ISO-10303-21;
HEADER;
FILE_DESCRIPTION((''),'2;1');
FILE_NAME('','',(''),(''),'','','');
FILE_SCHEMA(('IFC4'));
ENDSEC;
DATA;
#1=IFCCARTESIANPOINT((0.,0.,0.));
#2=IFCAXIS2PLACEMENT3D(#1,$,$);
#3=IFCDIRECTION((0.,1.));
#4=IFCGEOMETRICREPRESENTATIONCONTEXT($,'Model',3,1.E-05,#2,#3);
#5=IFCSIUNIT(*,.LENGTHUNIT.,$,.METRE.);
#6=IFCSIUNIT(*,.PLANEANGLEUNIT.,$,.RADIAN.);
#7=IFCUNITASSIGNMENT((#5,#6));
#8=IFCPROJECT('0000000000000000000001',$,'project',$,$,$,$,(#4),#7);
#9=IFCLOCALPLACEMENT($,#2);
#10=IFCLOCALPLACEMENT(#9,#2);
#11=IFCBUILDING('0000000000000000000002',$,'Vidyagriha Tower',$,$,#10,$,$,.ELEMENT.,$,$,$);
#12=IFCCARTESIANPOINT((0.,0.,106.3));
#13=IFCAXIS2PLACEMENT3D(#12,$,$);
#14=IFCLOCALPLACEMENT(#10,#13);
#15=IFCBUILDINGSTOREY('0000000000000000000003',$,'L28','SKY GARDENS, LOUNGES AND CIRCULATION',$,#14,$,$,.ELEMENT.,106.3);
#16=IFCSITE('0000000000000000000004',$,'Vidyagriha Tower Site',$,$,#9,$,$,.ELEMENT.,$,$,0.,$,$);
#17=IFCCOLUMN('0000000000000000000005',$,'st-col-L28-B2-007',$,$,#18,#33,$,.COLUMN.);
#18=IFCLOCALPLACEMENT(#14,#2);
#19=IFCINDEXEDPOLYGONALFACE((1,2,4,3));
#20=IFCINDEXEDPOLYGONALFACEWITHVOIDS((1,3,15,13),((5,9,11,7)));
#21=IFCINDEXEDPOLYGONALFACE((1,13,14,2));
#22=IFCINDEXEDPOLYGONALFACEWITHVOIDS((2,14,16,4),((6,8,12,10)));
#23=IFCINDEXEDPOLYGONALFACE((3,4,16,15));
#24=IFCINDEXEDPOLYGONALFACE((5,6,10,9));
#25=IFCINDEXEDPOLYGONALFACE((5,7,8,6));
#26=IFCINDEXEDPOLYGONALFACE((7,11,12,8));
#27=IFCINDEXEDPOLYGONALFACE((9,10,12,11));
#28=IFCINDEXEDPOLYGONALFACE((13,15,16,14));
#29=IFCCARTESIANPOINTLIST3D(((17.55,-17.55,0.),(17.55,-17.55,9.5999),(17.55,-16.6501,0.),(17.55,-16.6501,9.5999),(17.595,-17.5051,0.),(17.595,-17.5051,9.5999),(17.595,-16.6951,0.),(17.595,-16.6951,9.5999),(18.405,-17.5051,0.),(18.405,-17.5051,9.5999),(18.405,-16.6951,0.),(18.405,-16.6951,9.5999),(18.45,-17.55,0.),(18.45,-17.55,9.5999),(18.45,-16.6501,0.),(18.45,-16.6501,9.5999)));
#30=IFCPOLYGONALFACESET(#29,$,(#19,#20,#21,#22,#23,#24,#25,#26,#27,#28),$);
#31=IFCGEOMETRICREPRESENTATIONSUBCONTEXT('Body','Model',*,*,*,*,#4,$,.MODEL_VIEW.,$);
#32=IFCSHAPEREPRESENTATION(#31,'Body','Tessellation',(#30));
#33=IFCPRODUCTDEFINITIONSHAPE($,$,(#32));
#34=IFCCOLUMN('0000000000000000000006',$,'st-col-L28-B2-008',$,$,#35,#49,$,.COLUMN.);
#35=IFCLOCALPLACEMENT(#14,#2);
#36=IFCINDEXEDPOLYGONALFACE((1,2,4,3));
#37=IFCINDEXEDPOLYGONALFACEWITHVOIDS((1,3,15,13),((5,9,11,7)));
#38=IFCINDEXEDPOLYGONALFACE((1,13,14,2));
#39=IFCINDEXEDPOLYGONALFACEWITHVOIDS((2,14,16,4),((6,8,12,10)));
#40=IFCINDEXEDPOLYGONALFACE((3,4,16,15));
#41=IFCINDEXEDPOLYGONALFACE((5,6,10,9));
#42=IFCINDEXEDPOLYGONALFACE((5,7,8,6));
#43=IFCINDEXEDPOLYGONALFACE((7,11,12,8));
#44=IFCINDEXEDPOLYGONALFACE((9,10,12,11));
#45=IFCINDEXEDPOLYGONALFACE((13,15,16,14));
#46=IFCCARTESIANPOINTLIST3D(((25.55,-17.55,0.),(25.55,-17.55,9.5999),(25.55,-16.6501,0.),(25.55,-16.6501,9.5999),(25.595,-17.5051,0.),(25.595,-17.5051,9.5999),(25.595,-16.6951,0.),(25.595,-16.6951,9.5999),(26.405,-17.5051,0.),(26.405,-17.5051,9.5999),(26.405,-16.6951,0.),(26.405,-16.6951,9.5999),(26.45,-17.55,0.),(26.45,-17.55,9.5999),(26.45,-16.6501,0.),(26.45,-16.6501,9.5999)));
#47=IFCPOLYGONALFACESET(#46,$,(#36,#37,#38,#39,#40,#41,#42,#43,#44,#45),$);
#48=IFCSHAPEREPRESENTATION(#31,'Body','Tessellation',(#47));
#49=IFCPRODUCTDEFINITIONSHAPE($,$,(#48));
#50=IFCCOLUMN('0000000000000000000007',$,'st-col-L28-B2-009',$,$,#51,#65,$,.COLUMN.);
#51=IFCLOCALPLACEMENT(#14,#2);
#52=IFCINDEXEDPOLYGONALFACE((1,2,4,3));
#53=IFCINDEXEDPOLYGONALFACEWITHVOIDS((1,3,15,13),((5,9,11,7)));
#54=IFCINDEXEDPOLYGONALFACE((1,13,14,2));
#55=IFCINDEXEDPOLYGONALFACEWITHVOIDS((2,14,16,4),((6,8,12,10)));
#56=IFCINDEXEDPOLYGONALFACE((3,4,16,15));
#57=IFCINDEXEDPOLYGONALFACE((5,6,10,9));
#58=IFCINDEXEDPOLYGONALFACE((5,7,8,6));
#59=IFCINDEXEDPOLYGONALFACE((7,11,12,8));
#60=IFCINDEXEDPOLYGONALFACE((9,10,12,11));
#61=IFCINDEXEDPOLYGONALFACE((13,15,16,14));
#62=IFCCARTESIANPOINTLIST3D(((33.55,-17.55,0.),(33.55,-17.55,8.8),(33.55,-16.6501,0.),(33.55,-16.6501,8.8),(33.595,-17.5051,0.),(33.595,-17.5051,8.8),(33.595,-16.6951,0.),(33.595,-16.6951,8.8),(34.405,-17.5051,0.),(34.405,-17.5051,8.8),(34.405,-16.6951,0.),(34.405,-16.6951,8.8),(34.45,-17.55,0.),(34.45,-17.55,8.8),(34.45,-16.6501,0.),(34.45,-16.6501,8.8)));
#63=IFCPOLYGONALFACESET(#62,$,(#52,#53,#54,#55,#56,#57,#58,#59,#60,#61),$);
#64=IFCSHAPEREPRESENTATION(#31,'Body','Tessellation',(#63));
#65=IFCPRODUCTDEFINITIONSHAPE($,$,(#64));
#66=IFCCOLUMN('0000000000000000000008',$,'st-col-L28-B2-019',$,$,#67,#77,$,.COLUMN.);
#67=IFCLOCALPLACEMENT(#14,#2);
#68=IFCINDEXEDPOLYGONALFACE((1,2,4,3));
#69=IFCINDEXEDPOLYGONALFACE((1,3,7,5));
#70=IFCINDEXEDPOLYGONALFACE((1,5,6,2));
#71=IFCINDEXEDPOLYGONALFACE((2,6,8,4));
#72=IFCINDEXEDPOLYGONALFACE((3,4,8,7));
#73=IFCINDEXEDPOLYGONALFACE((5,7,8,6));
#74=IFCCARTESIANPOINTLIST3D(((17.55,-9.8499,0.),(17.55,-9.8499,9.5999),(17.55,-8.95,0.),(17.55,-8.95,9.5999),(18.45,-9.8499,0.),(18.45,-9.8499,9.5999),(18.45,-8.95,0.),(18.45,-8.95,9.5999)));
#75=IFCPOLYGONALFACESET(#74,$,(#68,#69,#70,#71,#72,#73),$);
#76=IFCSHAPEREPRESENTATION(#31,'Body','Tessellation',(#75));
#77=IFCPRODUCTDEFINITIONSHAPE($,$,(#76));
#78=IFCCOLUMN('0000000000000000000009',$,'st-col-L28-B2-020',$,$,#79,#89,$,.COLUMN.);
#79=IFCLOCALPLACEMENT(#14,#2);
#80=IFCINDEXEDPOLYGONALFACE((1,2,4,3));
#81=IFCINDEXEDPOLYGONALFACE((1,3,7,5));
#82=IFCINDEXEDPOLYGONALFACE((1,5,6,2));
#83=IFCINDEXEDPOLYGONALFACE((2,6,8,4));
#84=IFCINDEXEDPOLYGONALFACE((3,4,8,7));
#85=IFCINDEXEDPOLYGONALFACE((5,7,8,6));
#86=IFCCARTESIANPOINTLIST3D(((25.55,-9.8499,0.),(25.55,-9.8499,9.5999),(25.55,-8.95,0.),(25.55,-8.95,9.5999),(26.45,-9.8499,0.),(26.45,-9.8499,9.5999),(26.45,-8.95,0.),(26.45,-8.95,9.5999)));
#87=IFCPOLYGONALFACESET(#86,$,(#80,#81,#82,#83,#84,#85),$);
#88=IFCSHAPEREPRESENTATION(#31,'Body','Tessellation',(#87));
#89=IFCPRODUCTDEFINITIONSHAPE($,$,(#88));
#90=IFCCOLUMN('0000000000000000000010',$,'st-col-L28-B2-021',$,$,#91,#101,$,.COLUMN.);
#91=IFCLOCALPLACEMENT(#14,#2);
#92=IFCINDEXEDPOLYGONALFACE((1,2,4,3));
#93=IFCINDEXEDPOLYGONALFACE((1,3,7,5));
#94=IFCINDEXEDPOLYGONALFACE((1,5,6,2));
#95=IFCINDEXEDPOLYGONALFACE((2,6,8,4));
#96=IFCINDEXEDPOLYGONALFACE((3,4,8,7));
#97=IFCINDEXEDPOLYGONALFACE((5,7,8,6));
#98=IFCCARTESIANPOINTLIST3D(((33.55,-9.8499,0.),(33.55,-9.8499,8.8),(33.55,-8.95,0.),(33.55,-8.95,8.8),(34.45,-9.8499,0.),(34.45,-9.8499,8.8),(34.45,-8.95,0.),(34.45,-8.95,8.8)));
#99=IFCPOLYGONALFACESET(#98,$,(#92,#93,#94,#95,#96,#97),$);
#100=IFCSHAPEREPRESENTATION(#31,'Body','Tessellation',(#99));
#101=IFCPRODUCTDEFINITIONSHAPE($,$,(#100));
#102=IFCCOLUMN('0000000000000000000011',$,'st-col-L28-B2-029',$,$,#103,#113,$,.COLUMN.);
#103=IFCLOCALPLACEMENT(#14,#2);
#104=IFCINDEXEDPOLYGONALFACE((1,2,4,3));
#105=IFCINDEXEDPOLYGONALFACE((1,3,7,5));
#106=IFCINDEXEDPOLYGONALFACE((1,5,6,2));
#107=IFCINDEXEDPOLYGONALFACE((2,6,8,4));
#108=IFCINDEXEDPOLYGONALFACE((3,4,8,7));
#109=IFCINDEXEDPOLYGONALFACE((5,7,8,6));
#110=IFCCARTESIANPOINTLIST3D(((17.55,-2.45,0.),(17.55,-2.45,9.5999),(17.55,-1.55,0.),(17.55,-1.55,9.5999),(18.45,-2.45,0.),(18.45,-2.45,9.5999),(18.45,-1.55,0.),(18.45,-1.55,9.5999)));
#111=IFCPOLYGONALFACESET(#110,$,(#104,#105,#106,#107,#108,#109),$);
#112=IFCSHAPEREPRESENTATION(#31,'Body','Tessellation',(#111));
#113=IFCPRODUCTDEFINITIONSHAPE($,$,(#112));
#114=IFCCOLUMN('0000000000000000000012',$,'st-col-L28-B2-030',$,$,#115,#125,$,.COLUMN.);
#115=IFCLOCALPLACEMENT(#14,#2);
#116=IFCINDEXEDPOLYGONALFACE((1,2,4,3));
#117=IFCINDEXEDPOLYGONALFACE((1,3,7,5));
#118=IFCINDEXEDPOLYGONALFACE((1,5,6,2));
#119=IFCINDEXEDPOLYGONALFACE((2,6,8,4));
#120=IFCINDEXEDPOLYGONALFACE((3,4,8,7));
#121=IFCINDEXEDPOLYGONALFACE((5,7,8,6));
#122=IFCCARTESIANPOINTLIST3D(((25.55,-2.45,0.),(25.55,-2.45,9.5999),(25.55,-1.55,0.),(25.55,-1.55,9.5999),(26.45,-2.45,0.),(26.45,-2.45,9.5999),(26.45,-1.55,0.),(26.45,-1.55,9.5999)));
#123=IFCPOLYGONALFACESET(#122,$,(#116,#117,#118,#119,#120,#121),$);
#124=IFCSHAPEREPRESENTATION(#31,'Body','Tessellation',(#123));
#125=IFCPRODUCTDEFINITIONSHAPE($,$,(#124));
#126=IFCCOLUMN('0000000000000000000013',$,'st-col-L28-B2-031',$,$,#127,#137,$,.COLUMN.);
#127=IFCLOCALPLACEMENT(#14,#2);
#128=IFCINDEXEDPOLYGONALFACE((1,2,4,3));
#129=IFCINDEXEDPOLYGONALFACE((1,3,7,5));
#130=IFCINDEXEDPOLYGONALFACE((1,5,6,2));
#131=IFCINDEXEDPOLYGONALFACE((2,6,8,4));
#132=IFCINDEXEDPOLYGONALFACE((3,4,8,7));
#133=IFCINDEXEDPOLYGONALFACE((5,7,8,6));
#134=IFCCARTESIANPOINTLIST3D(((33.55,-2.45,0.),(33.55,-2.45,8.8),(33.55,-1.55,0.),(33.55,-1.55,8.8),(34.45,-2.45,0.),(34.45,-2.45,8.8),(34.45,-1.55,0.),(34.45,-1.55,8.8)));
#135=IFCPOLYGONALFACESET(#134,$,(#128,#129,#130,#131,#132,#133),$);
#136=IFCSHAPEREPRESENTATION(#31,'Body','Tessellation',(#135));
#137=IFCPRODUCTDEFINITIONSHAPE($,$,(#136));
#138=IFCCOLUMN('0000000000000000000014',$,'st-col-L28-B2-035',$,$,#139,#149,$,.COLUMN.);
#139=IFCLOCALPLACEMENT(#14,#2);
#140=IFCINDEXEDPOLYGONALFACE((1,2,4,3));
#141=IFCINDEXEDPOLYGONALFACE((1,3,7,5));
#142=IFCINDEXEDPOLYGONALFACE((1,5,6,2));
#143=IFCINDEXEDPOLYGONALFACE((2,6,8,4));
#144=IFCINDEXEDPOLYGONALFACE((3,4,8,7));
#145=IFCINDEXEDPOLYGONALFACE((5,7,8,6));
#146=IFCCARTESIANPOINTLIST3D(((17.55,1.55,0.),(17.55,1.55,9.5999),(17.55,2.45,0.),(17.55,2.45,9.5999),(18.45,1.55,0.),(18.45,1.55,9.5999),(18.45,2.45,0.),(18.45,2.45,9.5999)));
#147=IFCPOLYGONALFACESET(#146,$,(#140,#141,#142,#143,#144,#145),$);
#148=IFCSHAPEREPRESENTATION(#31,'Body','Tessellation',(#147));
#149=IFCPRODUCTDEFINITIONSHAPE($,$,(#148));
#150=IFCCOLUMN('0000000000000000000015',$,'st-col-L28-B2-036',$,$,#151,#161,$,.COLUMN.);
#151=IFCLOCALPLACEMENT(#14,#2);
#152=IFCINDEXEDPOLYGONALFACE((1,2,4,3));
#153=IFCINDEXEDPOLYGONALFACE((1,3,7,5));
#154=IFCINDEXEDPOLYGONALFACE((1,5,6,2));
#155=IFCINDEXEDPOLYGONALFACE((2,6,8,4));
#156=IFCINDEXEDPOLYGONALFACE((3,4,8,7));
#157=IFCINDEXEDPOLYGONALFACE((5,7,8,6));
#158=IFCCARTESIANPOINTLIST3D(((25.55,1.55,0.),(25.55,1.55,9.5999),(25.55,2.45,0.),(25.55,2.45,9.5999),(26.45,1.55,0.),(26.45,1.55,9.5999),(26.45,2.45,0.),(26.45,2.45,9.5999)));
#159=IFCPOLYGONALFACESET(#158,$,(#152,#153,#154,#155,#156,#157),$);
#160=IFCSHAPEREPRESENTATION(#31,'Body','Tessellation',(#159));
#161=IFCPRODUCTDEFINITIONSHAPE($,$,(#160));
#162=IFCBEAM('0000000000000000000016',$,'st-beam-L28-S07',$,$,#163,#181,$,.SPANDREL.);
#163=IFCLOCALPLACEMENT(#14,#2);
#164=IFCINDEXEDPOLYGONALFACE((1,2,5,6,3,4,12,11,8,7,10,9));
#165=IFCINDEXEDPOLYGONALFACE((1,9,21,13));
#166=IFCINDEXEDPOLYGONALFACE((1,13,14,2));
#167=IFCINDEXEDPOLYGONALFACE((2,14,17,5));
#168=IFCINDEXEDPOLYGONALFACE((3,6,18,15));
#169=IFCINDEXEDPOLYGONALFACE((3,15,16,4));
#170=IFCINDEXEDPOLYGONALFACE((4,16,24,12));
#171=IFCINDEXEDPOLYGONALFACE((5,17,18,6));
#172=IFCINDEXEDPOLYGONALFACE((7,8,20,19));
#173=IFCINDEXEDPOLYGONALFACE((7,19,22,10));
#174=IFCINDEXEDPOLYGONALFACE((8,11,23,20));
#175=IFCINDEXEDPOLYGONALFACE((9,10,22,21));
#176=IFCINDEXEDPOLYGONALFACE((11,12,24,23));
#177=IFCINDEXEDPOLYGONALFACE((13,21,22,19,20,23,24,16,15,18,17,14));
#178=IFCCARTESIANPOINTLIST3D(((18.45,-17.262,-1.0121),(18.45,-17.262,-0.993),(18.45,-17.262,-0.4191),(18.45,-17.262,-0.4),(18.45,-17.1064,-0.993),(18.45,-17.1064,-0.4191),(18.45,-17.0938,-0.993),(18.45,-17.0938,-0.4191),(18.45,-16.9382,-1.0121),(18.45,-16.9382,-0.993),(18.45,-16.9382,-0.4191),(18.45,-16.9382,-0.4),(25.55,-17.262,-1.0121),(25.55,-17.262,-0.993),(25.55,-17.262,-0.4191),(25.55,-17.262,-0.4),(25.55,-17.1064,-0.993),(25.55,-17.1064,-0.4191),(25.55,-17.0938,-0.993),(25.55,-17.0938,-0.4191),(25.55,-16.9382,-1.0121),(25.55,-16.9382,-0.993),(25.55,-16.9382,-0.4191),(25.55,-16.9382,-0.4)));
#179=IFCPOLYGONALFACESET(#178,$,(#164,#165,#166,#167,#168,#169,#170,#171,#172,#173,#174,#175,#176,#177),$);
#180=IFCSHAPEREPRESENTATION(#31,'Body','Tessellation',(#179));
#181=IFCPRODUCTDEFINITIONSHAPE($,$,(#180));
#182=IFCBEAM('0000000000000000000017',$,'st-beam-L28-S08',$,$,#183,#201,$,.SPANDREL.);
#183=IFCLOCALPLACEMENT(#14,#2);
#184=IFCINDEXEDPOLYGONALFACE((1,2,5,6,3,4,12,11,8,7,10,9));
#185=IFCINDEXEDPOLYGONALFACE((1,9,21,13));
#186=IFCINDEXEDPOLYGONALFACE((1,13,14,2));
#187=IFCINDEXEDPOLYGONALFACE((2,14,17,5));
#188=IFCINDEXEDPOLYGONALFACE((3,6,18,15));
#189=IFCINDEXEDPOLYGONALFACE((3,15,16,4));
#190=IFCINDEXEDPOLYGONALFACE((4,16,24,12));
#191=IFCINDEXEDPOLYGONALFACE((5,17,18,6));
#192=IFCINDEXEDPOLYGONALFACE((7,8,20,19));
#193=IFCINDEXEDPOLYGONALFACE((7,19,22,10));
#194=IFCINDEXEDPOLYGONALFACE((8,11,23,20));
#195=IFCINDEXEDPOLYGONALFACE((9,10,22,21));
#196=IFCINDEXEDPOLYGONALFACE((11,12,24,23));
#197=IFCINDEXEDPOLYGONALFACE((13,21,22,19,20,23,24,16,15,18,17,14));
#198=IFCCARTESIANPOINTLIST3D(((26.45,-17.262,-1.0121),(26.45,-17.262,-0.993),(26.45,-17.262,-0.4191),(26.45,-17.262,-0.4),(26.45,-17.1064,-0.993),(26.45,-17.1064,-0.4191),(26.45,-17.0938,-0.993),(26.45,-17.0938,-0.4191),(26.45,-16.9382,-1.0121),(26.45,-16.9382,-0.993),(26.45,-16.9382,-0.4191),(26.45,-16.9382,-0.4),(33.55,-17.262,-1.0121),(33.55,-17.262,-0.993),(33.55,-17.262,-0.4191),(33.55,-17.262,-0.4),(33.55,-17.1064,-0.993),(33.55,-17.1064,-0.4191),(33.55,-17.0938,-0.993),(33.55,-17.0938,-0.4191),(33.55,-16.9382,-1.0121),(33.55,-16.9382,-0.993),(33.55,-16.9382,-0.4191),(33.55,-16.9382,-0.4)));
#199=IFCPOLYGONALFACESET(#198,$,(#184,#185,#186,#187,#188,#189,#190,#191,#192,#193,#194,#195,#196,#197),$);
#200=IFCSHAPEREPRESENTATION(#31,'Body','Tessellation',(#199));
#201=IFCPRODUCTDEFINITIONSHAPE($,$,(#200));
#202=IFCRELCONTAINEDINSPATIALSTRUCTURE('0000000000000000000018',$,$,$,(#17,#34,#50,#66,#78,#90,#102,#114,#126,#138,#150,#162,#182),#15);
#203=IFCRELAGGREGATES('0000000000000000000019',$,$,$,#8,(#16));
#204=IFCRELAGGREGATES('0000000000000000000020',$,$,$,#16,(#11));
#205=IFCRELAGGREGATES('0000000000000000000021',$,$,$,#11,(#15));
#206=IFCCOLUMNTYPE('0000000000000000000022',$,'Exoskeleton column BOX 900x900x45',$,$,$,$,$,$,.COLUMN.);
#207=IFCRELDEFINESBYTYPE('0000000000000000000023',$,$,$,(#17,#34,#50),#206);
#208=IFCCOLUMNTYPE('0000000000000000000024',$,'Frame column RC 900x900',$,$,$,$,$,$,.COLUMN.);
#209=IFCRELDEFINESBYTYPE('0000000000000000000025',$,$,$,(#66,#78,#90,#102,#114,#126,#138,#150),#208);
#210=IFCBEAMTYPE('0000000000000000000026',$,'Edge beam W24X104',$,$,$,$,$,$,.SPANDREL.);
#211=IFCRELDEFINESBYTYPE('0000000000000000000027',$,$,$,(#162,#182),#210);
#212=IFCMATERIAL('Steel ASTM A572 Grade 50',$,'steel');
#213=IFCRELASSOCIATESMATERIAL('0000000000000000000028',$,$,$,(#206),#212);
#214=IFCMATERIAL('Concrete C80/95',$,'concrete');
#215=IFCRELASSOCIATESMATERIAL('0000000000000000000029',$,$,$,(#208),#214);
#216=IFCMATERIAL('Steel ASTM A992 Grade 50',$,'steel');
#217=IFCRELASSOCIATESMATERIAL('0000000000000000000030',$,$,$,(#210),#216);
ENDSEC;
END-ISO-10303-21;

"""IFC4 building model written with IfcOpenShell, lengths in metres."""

from ifc_helpers import new_model, si_unit, direction, frame, origin, origin_2d, place, context, subcontext, project, spatial, rectangle, hollow_rectangle, i_section, extrude, material, material_profile, profile_set, type_object, element, save


model = new_model("IFC4")

# Units and contexts
model_context = context("Model", 3, precision=1e-05, world=origin(), true_north=direction((0.0, 1.0)))
body_context = subcontext(model_context, "Body", "Model", "MODEL_VIEW")
ifc_project = project(units=[si_unit("LENGTHUNIT", "METRE"), si_unit("PLANEANGLEUNIT", "RADIAN")], contexts=[model_context])

# Site, building, storey
site_placement = place(None, origin())
site = spatial("IfcSite", under=ifc_project, at=site_placement, Name="Vidyagriha Tower Site", CompositionType="ELEMENT", RefElevation=0.0)
building_placement = place(site_placement, origin())
building = spatial("IfcBuilding", under=site, at=building_placement, Name="Vidyagriha Tower", CompositionType="ELEMENT")
storey_placement = place(building_placement, frame((0.0, 0.0, 106.3)))
storey = spatial("IfcBuildingStorey", under=building, at=storey_placement, Name="L28", Description="SKY GARDENS, LOUNGES AND CIRCULATION", CompositionType="ELEMENT", Elevation=106.3)

# Columns
ifc_material_1 = material(Name="Steel ASTM A572 Grade 50", Category="steel")
ifc_material_profile_1 = material_profile(ifc_material_1, hollow_rectangle(XDim=0.8999, YDim=0.8999, WallThickness=0.0449, at=origin_2d()), Name="BOX 900x900x45")
ifc_profile_set_1 = profile_set([ifc_material_profile_1], Name="Steel ASTM A572 Grade 50")
column_type_1 = type_object("IfcColumnType", Name="Exoskeleton column BOX 900x900x45", PredefinedType="COLUMN", material=ifc_profile_set_1)
for number, where, name in (
    (1, (18.0, -17.1001, 0.0), "st-col-L28-B2-007"),
    (2, (26.0, -17.1001, 0.0), "st-col-L28-B2-008"),
):
    element("IfcColumn", number, at=place(storey_placement, frame(where)), inside=storey, type_object=column_type_1, Name=name, PredefinedType="COLUMN", context=body_context, shape_type="SweptSolid", body=[
        extrude(hollow_rectangle(XDim=0.8999, YDim=0.8999, WallThickness=0.0449, at=origin_2d()), origin(), (0.0, 0.0, 1.0), 9.5999),
    ])
column_1_placement = place(storey_placement, frame((34.0, -17.1001, 0.0)))
element("IfcColumn", 3, at=column_1_placement, inside=storey, type_object=column_type_1, Name="st-col-L28-B2-009", PredefinedType="COLUMN", context=body_context, shape_type="SweptSolid", body=[
    extrude(hollow_rectangle(XDim=0.8999, YDim=0.8999, WallThickness=0.0449, at=origin_2d()), origin(), (0.0, 0.0, 1.0), 8.8),
])
ifc_material_2 = material(Name="Concrete C80/95", Category="concrete")
ifc_material_profile_2 = material_profile(ifc_material_2, rectangle(XDim=0.8999, YDim=0.8999, at=origin_2d()), Name="RC 900x900")
ifc_profile_set_2 = profile_set([ifc_material_profile_2], Name="Concrete C80/95")
column_type_2 = type_object("IfcColumnType", Name="Frame column RC 900x900", PredefinedType="COLUMN", material=ifc_profile_set_2)
for number, where, name in (
    (4, (18.0, -9.3999, 0.0), "st-col-L28-B2-019"),
    (5, (26.0, -9.3999, 0.0), "st-col-L28-B2-020"),
):
    element("IfcColumn", number, at=place(storey_placement, frame(where)), inside=storey, type_object=column_type_2, Name=name, PredefinedType="COLUMN", context=body_context, shape_type="SweptSolid", body=[
        extrude(rectangle(XDim=0.8999, YDim=0.8999, at=origin_2d()), origin(), (0.0, 0.0, 1.0), 9.5999),
    ])
column_2_placement = place(storey_placement, frame((34.0, -9.3999, 0.0)))
element("IfcColumn", 6, at=column_2_placement, inside=storey, type_object=column_type_2, Name="st-col-L28-B2-021", PredefinedType="COLUMN", context=body_context, shape_type="SweptSolid", body=[
    extrude(rectangle(XDim=0.8999, YDim=0.8999, at=origin_2d()), origin(), (0.0, 0.0, 1.0), 8.8),
])
for number, where, name in (
    (7, (18.0, -2.0, 0.0), "st-col-L28-B2-029"),
    (8, (26.0, -2.0, 0.0), "st-col-L28-B2-030"),
):
    element("IfcColumn", number, at=place(storey_placement, frame(where)), inside=storey, type_object=column_type_2, Name=name, PredefinedType="COLUMN", context=body_context, shape_type="SweptSolid", body=[
        extrude(rectangle(XDim=0.8999, YDim=0.8999, at=origin_2d()), origin(), (0.0, 0.0, 1.0), 9.5999),
    ])
column_3_placement = place(storey_placement, frame((34.0, -2.0, 0.0)))
element("IfcColumn", 9, at=column_3_placement, inside=storey, type_object=column_type_2, Name="st-col-L28-B2-031", PredefinedType="COLUMN", context=body_context, shape_type="SweptSolid", body=[
    extrude(rectangle(XDim=0.8999, YDim=0.8999, at=origin_2d()), origin(), (0.0, 0.0, 1.0), 8.8),
])
for number, where, name in (
    (10, (18.0, 2.0, 0.0), "st-col-L28-B2-035"),
    (11, (26.0, 2.0, 0.0), "st-col-L28-B2-036"),
):
    element("IfcColumn", number, at=place(storey_placement, frame(where)), inside=storey, type_object=column_type_2, Name=name, PredefinedType="COLUMN", context=body_context, shape_type="SweptSolid", body=[
        extrude(rectangle(XDim=0.8999, YDim=0.8999, at=origin_2d()), origin(), (0.0, 0.0, 1.0), 9.5999),
    ])

# Beams
ifc_material_3 = material(Name="Steel ASTM A992 Grade 50", Category="steel")
ifc_material_profile_3 = material_profile(ifc_material_3, i_section(OverallWidth=0.3237, OverallDepth=0.6121, WebThickness=0.0127, FlangeThickness=0.019, at=origin_2d()), Name="W24X104")
ifc_profile_set_3 = profile_set([ifc_material_profile_3], Name="Steel ASTM A992 Grade 50")
beam_type = type_object("IfcBeamType", Name="Edge beam W24X104", PredefinedType="SPANDREL", material=ifc_profile_set_3)
for number, where, z_axis, x_axis, name in (
    (12, (18.45, -17.1001, -0.7061), (1.0, 0.0, 0.0), (0.0, 1.0, 0.0), "st-beam-L28-S07"),
    (13, (26.45, -17.1001, -0.7061), (1.0, 0.0, 0.0), (0.0, 1.0, 0.0), "st-beam-L28-S08"),
):
    element("IfcBeam", number, at=place(storey_placement, frame(where, z_axis=z_axis, x_axis=x_axis)), inside=storey, type_object=beam_type, Name=name, PredefinedType="SPANDREL", context=body_context, shape_type="SweptSolid", body=[
        extrude(i_section(OverallWidth=0.3237, OverallDepth=0.6121, WebThickness=0.0127, FlangeThickness=0.019, at=origin_2d()), origin(), (0.0, 0.0, 1.0), 7.1001),
    ])

save(model, "model.ifc")
